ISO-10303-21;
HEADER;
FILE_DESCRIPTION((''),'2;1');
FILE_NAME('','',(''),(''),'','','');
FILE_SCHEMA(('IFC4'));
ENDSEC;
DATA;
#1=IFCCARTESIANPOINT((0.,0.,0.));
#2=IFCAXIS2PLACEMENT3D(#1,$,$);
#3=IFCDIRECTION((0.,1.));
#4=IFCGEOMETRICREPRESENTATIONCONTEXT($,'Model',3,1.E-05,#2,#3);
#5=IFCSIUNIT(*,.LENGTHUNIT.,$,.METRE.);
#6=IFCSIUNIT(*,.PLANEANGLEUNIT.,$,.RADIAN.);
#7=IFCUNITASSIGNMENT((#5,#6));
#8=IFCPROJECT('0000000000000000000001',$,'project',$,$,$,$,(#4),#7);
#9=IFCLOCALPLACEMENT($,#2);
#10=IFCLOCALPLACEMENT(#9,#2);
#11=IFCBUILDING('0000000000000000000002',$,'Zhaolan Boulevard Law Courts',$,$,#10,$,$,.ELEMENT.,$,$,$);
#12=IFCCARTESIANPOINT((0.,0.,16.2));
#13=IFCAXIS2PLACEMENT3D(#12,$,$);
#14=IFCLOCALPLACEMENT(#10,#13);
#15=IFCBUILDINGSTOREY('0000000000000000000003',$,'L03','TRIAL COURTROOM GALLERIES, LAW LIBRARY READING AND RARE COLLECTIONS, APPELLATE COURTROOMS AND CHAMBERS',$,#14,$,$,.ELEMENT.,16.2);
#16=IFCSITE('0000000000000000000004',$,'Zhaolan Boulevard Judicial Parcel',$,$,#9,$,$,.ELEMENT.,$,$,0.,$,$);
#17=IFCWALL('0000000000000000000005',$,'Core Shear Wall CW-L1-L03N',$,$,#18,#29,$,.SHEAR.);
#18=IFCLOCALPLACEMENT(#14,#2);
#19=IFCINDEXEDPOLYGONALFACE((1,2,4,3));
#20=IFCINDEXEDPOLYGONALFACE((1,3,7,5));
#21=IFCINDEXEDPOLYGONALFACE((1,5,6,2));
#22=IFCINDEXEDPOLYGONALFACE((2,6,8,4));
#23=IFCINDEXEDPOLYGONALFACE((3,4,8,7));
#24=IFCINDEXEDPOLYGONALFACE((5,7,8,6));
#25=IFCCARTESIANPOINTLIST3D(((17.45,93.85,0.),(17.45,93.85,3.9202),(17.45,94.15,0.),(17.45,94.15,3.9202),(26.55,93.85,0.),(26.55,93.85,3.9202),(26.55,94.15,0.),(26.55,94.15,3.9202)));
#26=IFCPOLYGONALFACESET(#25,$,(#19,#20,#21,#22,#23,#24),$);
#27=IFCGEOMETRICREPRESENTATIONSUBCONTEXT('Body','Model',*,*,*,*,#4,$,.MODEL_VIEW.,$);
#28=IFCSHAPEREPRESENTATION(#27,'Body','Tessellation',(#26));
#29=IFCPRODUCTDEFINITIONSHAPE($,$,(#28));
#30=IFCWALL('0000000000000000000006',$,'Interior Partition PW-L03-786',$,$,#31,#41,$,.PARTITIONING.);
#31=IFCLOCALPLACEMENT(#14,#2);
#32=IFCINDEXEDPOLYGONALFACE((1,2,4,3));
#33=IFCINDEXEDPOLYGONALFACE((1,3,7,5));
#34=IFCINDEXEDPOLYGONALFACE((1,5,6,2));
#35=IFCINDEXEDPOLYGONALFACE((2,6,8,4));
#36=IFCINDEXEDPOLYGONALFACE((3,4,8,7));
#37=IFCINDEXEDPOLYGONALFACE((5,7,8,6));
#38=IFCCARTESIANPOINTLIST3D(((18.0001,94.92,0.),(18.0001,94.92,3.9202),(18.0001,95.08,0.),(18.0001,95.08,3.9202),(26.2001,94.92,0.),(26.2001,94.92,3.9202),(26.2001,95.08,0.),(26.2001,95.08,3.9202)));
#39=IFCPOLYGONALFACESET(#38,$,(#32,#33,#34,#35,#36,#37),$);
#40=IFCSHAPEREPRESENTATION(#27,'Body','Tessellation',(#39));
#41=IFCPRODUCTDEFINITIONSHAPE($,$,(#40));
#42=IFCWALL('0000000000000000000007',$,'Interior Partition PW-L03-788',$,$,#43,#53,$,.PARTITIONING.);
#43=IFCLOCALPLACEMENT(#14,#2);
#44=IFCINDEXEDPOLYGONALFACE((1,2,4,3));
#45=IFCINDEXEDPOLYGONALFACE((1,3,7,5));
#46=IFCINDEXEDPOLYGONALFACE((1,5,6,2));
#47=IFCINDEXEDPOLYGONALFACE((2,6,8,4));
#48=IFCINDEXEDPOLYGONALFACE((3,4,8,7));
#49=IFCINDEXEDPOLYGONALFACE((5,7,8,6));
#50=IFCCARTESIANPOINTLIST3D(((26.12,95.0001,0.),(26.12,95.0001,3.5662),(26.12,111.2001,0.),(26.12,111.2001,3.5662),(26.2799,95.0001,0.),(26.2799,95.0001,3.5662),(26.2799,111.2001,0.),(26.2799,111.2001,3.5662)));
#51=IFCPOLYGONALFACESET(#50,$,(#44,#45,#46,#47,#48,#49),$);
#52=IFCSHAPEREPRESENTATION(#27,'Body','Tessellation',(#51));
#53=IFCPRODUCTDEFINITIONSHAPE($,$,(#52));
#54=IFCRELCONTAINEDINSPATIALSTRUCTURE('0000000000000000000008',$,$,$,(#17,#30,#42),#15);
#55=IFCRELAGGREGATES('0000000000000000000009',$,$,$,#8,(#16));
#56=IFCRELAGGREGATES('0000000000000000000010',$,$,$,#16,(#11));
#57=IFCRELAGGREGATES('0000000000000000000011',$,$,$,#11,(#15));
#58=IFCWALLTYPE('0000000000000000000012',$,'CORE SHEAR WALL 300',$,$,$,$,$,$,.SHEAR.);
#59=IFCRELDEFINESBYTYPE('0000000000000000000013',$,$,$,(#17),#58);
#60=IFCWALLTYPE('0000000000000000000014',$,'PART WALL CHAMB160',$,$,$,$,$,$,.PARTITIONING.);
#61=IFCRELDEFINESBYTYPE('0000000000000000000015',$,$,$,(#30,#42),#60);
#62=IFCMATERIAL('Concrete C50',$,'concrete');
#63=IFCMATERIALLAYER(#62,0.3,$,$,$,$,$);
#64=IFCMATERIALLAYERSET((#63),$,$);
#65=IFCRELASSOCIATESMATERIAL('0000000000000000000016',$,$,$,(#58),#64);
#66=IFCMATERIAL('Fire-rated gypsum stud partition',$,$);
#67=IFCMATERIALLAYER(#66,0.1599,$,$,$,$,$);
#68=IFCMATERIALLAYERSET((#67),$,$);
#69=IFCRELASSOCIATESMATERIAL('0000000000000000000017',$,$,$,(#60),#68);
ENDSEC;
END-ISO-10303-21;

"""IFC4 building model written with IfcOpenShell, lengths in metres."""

from ifc_helpers import new_model, si_unit, direction, frame, frame_2d, origin, place, context, subcontext, project, spatial, rectangle, extrude, material, layer, layer_set, type_object, element, save


model = new_model("IFC4")

# Units and contexts
model_context = context("Model", 3, precision=1e-05, world=origin(), true_north=direction((0.0, 1.0)))
body_context = subcontext(model_context, "Body", "Model", "MODEL_VIEW")
ifc_project = project(units=[si_unit("LENGTHUNIT", "METRE"), si_unit("PLANEANGLEUNIT", "RADIAN")], contexts=[model_context])

# Site, building, storey
site_placement = place(None, origin())
site = spatial("IfcSite", under=ifc_project, at=site_placement, Name="Zhaolan Boulevard Judicial Parcel", CompositionType="ELEMENT", RefElevation=0.0)
building_placement = place(site_placement, origin())
building = spatial("IfcBuilding", under=site, at=building_placement, Name="Zhaolan Boulevard Law Courts", CompositionType="ELEMENT")
storey_placement = place(building_placement, frame((0.0, 0.0, 16.2)))
storey = spatial("IfcBuildingStorey", under=building, at=storey_placement, Name="L03", Description="TRIAL COURTROOM GALLERIES, LAW LIBRARY READING AND RARE COLLECTIONS, APPELLATE COURTROOMS AND CHAMBERS", CompositionType="ELEMENT", Elevation=16.2)

# Walls
ifc_material_1 = material(Name="Concrete C50", Category="concrete")
ifc_layer_1 = layer(ifc_material_1, 0.3)
ifc_layer_set_1 = layer_set([ifc_layer_1])
wall_type_1 = type_object("IfcWallType", Name="CORE SHEAR WALL 300", PredefinedType="SHEAR", material=ifc_layer_set_1)
wall_1_placement = place(storey_placement, frame((26.55, 94.0, 0.0), z_axis=(0.0, 0.0, 1.0), x_axis=(-1.0, 0.0, 0.0)))
element("IfcWall", 1, at=wall_1_placement, inside=storey, type_object=wall_type_1, Name="Core Shear Wall CW-L1-L03N", PredefinedType="SHEAR", context=body_context, shape_type="SweptSolid", body=[
    extrude(rectangle(XDim=9.1001, YDim=0.3, at=frame_2d((4.55, 0.0))), origin(), (0.0, 0.0, 1.0), 3.9202),
])
ifc_material_2 = material(Name="Fire-rated gypsum stud partition")
ifc_layer_2 = layer(ifc_material_2, 0.1599)
ifc_layer_set_2 = layer_set([ifc_layer_2])
wall_type_2 = type_object("IfcWallType", Name="PART WALL CHAMB160", PredefinedType="PARTITIONING", material=ifc_layer_set_2)
wall_2_placement = place(storey_placement, frame((18.0, 95.0, 0.0), z_axis=(0.0, 0.0, 1.0), x_axis=(1.0, 0.0, 0.0)))
element("IfcWall", 2, at=wall_2_placement, inside=storey, type_object=wall_type_2, Name="Interior Partition PW-L03-786", PredefinedType="PARTITIONING", context=body_context, shape_type="SweptSolid", body=[
    extrude(rectangle(XDim=8.2, YDim=0.1599, at=frame_2d((4.1001, 0.0))), origin(), (0.0, 0.0, 1.0), 3.9202),
])
wall_3_placement = place(storey_placement, frame((26.2, 95.0, 0.0), z_axis=(0.0, 0.0, 1.0), x_axis=(0.0, 1.0, 0.0)))
element("IfcWall", 3, at=wall_3_placement, inside=storey, type_object=wall_type_2, Name="Interior Partition PW-L03-788", PredefinedType="PARTITIONING", context=body_context, shape_type="SweptSolid", body=[
    extrude(rectangle(XDim=16.2, YDim=0.1599, at=frame_2d((8.1001, 0.0))), origin(), (0.0, 0.0, 1.0), 3.5662),
])

save(model, "model.ifc")
